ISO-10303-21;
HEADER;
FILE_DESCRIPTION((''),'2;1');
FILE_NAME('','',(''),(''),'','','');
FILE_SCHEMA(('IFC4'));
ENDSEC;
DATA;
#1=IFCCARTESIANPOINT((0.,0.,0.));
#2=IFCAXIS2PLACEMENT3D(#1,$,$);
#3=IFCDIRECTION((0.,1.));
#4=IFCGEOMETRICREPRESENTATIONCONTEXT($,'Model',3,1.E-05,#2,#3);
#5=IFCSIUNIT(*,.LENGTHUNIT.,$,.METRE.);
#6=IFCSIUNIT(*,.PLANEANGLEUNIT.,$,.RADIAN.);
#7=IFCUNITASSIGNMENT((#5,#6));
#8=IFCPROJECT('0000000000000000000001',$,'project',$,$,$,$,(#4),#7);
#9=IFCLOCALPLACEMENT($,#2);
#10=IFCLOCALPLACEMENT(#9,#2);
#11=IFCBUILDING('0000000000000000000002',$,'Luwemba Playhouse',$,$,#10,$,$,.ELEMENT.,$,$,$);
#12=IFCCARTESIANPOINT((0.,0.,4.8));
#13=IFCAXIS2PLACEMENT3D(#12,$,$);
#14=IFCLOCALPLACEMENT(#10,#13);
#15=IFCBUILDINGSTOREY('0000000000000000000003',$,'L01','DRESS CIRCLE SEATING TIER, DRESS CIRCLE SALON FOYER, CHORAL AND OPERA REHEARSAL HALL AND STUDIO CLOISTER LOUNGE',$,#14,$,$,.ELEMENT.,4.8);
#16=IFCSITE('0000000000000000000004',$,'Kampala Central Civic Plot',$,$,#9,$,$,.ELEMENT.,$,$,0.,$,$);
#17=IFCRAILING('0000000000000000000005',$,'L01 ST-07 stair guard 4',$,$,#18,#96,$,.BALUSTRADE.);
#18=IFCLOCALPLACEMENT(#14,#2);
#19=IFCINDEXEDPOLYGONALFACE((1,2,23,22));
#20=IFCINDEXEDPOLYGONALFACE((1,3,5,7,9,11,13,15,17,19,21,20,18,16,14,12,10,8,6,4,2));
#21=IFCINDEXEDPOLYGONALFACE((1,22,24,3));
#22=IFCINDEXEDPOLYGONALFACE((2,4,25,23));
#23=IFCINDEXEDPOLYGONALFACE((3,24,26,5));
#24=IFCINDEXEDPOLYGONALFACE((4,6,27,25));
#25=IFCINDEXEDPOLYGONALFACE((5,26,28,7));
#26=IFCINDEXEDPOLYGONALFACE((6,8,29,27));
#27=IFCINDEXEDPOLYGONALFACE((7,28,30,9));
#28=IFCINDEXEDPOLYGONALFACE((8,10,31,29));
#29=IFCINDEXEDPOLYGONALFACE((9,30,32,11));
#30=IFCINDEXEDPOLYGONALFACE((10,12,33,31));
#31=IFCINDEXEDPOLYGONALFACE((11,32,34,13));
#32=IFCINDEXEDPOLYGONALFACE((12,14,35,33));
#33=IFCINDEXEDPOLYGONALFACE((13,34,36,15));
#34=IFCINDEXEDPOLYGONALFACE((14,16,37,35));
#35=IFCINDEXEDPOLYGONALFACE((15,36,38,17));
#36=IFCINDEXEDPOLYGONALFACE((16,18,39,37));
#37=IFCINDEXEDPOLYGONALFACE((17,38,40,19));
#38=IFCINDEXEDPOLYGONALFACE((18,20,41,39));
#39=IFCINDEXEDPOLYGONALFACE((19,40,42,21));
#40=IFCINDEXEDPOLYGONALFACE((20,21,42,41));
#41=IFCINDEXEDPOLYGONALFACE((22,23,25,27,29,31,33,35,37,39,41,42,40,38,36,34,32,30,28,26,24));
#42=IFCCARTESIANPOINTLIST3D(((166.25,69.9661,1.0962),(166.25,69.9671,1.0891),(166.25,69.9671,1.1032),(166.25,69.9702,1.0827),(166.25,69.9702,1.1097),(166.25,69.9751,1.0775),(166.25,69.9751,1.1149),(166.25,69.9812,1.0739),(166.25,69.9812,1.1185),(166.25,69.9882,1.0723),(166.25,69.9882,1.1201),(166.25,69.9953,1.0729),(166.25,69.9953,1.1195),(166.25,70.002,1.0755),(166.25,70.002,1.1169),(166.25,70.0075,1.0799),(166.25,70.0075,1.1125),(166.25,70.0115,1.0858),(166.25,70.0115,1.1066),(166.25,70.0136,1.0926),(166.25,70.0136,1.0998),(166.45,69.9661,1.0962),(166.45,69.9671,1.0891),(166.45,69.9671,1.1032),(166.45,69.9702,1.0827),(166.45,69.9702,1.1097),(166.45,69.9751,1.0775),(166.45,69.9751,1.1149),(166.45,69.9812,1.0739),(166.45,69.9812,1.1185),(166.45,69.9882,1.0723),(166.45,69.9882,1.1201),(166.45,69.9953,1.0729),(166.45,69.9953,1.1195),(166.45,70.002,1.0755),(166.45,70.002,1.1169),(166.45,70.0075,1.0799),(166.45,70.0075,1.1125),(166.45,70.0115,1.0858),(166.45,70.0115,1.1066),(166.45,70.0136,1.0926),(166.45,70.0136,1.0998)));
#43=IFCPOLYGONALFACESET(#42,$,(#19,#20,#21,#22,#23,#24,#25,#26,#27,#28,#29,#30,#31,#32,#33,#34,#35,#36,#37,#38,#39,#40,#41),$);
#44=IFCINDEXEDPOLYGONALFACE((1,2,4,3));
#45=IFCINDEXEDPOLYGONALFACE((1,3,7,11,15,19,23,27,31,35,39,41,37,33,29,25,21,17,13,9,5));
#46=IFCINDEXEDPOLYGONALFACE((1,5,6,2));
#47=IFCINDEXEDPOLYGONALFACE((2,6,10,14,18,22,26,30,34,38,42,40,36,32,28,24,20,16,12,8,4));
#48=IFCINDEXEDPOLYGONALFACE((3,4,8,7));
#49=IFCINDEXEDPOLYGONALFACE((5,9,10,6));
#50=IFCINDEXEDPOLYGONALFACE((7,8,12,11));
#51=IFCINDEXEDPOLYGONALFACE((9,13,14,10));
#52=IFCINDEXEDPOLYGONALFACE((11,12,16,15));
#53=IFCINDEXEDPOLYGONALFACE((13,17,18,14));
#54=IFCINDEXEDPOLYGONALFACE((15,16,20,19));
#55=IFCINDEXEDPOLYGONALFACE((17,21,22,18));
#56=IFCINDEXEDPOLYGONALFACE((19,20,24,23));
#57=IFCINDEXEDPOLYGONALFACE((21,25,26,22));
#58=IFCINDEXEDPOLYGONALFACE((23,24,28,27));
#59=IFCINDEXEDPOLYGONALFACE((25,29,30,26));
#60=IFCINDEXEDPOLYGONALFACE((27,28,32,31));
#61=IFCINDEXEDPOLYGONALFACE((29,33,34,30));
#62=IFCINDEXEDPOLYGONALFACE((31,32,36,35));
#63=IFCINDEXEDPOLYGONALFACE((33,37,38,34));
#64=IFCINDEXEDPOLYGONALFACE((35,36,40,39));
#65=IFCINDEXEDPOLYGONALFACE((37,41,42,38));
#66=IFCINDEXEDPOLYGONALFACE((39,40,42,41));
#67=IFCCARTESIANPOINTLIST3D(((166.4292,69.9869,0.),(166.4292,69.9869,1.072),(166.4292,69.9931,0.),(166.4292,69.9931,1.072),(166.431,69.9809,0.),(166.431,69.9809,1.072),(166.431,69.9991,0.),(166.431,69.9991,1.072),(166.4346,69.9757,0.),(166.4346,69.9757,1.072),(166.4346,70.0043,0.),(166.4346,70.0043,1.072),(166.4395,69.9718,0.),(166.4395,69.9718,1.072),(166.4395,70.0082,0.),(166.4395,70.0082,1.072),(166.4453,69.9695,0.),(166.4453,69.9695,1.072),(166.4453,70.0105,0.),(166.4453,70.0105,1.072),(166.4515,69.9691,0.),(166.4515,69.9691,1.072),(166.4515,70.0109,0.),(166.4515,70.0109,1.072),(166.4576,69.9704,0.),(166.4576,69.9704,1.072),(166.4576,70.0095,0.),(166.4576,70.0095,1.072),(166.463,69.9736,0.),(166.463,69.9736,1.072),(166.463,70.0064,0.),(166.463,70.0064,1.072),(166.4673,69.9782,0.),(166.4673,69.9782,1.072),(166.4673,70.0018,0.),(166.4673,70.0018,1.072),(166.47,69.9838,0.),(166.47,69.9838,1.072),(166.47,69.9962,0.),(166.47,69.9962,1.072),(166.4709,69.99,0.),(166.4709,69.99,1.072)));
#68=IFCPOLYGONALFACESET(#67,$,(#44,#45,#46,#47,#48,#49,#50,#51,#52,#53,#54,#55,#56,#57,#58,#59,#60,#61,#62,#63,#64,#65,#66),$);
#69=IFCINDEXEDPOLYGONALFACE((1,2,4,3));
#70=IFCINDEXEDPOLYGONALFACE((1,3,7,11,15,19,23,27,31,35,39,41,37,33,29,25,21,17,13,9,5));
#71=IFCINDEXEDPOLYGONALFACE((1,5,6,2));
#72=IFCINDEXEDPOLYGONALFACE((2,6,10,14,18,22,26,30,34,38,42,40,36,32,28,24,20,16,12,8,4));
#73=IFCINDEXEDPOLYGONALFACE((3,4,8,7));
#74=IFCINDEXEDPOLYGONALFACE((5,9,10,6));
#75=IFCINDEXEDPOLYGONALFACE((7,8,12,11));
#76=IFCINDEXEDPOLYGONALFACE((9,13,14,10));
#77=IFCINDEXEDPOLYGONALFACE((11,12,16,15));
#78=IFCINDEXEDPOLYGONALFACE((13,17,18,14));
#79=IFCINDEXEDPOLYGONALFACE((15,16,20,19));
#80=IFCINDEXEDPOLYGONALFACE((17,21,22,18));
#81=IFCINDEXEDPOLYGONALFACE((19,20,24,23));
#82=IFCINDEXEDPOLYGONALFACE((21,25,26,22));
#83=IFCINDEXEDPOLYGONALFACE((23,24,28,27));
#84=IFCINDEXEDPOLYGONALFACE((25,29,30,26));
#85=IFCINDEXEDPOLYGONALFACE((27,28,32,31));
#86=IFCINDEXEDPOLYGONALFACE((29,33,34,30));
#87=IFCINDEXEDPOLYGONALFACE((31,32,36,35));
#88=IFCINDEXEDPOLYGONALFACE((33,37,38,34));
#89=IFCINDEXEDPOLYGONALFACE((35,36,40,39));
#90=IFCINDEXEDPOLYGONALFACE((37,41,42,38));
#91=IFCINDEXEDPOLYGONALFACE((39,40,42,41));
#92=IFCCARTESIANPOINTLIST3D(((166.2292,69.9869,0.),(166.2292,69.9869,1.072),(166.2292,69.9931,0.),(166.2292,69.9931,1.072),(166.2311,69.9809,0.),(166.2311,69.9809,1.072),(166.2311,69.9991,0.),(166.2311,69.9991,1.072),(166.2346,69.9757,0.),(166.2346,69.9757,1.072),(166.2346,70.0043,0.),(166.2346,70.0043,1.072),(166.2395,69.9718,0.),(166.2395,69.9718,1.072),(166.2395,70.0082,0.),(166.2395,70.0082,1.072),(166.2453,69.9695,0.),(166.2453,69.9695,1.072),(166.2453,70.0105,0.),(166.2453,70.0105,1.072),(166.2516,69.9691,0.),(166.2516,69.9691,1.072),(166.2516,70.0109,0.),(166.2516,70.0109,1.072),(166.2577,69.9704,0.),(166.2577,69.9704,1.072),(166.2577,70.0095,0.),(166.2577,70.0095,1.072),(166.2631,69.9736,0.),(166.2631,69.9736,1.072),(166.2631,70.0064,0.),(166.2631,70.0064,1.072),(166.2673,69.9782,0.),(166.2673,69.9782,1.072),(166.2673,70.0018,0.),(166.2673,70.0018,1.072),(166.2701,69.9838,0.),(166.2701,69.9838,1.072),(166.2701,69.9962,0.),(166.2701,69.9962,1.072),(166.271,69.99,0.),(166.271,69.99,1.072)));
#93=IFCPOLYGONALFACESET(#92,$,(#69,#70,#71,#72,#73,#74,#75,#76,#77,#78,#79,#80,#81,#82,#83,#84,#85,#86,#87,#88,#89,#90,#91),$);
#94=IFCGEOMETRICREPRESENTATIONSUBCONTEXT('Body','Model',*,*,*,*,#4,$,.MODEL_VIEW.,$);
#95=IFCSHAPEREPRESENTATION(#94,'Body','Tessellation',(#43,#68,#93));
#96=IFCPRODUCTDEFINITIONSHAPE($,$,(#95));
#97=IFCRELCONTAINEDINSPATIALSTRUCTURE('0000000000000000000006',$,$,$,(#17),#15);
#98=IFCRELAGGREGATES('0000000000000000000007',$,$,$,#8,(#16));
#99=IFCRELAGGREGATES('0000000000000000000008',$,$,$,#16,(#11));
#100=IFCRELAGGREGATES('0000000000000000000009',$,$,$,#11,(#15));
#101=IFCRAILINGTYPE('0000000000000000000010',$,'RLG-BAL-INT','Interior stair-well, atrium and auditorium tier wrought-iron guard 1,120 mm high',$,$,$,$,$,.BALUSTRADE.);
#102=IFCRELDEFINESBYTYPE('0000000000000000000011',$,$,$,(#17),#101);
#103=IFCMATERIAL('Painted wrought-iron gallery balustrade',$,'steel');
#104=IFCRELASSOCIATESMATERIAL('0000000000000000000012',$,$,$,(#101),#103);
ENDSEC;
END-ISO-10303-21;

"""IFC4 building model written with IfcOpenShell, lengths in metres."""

from ifc_helpers import new_model, si_unit, direction, frame, origin, origin_2d, place, context, subcontext, project, spatial, circle, extrude, material, type_object, element, save


model = new_model("IFC4")

# Units and contexts
model_context = context("Model", 3, precision=1e-05, world=origin(), true_north=direction((0.0, 1.0)))
body_context = subcontext(model_context, "Body", "Model", "MODEL_VIEW")
ifc_project = project(units=[si_unit("LENGTHUNIT", "METRE"), si_unit("PLANEANGLEUNIT", "RADIAN")], contexts=[model_context])

# Site, building, storey
site_placement = place(None, origin())
site = spatial("IfcSite", under=ifc_project, at=site_placement, Name="Kampala Central Civic Plot", CompositionType="ELEMENT", RefElevation=0.0)
building_placement = place(site_placement, origin())
building = spatial("IfcBuilding", under=site, at=building_placement, Name="Luwemba Playhouse", CompositionType="ELEMENT")
storey_placement = place(building_placement, frame((0.0, 0.0, 4.8)))
storey = spatial("IfcBuildingStorey", under=building, at=storey_placement, Name="L01", Description="DRESS CIRCLE SEATING TIER, DRESS CIRCLE SALON FOYER, CHORAL AND OPERA REHEARSAL HALL AND STUDIO CLOISTER LOUNGE", CompositionType="ELEMENT", Elevation=4.8)

# Railing
ifc_material_1 = material(Name="Painted wrought-iron gallery balustrade", Category="steel")
railing_type_1 = type_object("IfcRailingType", Name="RLG-BAL-INT", Description="Interior stair-well, atrium and auditorium tier wrought-iron guard 1,120 mm high", PredefinedType="BALUSTRADE", material=ifc_material_1)
railing_1_placement = place(storey_placement, frame((166.45, 69.99, 0.0)))
element("IfcRailing", 1, at=railing_1_placement, inside=storey, type_object=railing_type_1, Name="L01 ST-07 stair guard 4", PredefinedType="BALUSTRADE", context=body_context, shape_type="SweptSolid", body=[
    extrude(circle(Radius=0.0239, at=origin_2d()), frame((0.0, 0.0, 1.0962), z_axis=(-1.0, 0.0, 0.0), x_axis=(0.0, -1.0, 0.0)), (0.0, 0.0, 1.0), 0.2),
    extrude(circle(Radius=0.021, at=origin_2d()), origin(), (0.0, 0.0, 1.0), 1.072),
    extrude(circle(Radius=0.021, at=origin_2d()), frame((-0.2, 0.0, 0.0)), (0.0, 0.0, 1.0), 1.072),
])

save(model, "model.ifc")
